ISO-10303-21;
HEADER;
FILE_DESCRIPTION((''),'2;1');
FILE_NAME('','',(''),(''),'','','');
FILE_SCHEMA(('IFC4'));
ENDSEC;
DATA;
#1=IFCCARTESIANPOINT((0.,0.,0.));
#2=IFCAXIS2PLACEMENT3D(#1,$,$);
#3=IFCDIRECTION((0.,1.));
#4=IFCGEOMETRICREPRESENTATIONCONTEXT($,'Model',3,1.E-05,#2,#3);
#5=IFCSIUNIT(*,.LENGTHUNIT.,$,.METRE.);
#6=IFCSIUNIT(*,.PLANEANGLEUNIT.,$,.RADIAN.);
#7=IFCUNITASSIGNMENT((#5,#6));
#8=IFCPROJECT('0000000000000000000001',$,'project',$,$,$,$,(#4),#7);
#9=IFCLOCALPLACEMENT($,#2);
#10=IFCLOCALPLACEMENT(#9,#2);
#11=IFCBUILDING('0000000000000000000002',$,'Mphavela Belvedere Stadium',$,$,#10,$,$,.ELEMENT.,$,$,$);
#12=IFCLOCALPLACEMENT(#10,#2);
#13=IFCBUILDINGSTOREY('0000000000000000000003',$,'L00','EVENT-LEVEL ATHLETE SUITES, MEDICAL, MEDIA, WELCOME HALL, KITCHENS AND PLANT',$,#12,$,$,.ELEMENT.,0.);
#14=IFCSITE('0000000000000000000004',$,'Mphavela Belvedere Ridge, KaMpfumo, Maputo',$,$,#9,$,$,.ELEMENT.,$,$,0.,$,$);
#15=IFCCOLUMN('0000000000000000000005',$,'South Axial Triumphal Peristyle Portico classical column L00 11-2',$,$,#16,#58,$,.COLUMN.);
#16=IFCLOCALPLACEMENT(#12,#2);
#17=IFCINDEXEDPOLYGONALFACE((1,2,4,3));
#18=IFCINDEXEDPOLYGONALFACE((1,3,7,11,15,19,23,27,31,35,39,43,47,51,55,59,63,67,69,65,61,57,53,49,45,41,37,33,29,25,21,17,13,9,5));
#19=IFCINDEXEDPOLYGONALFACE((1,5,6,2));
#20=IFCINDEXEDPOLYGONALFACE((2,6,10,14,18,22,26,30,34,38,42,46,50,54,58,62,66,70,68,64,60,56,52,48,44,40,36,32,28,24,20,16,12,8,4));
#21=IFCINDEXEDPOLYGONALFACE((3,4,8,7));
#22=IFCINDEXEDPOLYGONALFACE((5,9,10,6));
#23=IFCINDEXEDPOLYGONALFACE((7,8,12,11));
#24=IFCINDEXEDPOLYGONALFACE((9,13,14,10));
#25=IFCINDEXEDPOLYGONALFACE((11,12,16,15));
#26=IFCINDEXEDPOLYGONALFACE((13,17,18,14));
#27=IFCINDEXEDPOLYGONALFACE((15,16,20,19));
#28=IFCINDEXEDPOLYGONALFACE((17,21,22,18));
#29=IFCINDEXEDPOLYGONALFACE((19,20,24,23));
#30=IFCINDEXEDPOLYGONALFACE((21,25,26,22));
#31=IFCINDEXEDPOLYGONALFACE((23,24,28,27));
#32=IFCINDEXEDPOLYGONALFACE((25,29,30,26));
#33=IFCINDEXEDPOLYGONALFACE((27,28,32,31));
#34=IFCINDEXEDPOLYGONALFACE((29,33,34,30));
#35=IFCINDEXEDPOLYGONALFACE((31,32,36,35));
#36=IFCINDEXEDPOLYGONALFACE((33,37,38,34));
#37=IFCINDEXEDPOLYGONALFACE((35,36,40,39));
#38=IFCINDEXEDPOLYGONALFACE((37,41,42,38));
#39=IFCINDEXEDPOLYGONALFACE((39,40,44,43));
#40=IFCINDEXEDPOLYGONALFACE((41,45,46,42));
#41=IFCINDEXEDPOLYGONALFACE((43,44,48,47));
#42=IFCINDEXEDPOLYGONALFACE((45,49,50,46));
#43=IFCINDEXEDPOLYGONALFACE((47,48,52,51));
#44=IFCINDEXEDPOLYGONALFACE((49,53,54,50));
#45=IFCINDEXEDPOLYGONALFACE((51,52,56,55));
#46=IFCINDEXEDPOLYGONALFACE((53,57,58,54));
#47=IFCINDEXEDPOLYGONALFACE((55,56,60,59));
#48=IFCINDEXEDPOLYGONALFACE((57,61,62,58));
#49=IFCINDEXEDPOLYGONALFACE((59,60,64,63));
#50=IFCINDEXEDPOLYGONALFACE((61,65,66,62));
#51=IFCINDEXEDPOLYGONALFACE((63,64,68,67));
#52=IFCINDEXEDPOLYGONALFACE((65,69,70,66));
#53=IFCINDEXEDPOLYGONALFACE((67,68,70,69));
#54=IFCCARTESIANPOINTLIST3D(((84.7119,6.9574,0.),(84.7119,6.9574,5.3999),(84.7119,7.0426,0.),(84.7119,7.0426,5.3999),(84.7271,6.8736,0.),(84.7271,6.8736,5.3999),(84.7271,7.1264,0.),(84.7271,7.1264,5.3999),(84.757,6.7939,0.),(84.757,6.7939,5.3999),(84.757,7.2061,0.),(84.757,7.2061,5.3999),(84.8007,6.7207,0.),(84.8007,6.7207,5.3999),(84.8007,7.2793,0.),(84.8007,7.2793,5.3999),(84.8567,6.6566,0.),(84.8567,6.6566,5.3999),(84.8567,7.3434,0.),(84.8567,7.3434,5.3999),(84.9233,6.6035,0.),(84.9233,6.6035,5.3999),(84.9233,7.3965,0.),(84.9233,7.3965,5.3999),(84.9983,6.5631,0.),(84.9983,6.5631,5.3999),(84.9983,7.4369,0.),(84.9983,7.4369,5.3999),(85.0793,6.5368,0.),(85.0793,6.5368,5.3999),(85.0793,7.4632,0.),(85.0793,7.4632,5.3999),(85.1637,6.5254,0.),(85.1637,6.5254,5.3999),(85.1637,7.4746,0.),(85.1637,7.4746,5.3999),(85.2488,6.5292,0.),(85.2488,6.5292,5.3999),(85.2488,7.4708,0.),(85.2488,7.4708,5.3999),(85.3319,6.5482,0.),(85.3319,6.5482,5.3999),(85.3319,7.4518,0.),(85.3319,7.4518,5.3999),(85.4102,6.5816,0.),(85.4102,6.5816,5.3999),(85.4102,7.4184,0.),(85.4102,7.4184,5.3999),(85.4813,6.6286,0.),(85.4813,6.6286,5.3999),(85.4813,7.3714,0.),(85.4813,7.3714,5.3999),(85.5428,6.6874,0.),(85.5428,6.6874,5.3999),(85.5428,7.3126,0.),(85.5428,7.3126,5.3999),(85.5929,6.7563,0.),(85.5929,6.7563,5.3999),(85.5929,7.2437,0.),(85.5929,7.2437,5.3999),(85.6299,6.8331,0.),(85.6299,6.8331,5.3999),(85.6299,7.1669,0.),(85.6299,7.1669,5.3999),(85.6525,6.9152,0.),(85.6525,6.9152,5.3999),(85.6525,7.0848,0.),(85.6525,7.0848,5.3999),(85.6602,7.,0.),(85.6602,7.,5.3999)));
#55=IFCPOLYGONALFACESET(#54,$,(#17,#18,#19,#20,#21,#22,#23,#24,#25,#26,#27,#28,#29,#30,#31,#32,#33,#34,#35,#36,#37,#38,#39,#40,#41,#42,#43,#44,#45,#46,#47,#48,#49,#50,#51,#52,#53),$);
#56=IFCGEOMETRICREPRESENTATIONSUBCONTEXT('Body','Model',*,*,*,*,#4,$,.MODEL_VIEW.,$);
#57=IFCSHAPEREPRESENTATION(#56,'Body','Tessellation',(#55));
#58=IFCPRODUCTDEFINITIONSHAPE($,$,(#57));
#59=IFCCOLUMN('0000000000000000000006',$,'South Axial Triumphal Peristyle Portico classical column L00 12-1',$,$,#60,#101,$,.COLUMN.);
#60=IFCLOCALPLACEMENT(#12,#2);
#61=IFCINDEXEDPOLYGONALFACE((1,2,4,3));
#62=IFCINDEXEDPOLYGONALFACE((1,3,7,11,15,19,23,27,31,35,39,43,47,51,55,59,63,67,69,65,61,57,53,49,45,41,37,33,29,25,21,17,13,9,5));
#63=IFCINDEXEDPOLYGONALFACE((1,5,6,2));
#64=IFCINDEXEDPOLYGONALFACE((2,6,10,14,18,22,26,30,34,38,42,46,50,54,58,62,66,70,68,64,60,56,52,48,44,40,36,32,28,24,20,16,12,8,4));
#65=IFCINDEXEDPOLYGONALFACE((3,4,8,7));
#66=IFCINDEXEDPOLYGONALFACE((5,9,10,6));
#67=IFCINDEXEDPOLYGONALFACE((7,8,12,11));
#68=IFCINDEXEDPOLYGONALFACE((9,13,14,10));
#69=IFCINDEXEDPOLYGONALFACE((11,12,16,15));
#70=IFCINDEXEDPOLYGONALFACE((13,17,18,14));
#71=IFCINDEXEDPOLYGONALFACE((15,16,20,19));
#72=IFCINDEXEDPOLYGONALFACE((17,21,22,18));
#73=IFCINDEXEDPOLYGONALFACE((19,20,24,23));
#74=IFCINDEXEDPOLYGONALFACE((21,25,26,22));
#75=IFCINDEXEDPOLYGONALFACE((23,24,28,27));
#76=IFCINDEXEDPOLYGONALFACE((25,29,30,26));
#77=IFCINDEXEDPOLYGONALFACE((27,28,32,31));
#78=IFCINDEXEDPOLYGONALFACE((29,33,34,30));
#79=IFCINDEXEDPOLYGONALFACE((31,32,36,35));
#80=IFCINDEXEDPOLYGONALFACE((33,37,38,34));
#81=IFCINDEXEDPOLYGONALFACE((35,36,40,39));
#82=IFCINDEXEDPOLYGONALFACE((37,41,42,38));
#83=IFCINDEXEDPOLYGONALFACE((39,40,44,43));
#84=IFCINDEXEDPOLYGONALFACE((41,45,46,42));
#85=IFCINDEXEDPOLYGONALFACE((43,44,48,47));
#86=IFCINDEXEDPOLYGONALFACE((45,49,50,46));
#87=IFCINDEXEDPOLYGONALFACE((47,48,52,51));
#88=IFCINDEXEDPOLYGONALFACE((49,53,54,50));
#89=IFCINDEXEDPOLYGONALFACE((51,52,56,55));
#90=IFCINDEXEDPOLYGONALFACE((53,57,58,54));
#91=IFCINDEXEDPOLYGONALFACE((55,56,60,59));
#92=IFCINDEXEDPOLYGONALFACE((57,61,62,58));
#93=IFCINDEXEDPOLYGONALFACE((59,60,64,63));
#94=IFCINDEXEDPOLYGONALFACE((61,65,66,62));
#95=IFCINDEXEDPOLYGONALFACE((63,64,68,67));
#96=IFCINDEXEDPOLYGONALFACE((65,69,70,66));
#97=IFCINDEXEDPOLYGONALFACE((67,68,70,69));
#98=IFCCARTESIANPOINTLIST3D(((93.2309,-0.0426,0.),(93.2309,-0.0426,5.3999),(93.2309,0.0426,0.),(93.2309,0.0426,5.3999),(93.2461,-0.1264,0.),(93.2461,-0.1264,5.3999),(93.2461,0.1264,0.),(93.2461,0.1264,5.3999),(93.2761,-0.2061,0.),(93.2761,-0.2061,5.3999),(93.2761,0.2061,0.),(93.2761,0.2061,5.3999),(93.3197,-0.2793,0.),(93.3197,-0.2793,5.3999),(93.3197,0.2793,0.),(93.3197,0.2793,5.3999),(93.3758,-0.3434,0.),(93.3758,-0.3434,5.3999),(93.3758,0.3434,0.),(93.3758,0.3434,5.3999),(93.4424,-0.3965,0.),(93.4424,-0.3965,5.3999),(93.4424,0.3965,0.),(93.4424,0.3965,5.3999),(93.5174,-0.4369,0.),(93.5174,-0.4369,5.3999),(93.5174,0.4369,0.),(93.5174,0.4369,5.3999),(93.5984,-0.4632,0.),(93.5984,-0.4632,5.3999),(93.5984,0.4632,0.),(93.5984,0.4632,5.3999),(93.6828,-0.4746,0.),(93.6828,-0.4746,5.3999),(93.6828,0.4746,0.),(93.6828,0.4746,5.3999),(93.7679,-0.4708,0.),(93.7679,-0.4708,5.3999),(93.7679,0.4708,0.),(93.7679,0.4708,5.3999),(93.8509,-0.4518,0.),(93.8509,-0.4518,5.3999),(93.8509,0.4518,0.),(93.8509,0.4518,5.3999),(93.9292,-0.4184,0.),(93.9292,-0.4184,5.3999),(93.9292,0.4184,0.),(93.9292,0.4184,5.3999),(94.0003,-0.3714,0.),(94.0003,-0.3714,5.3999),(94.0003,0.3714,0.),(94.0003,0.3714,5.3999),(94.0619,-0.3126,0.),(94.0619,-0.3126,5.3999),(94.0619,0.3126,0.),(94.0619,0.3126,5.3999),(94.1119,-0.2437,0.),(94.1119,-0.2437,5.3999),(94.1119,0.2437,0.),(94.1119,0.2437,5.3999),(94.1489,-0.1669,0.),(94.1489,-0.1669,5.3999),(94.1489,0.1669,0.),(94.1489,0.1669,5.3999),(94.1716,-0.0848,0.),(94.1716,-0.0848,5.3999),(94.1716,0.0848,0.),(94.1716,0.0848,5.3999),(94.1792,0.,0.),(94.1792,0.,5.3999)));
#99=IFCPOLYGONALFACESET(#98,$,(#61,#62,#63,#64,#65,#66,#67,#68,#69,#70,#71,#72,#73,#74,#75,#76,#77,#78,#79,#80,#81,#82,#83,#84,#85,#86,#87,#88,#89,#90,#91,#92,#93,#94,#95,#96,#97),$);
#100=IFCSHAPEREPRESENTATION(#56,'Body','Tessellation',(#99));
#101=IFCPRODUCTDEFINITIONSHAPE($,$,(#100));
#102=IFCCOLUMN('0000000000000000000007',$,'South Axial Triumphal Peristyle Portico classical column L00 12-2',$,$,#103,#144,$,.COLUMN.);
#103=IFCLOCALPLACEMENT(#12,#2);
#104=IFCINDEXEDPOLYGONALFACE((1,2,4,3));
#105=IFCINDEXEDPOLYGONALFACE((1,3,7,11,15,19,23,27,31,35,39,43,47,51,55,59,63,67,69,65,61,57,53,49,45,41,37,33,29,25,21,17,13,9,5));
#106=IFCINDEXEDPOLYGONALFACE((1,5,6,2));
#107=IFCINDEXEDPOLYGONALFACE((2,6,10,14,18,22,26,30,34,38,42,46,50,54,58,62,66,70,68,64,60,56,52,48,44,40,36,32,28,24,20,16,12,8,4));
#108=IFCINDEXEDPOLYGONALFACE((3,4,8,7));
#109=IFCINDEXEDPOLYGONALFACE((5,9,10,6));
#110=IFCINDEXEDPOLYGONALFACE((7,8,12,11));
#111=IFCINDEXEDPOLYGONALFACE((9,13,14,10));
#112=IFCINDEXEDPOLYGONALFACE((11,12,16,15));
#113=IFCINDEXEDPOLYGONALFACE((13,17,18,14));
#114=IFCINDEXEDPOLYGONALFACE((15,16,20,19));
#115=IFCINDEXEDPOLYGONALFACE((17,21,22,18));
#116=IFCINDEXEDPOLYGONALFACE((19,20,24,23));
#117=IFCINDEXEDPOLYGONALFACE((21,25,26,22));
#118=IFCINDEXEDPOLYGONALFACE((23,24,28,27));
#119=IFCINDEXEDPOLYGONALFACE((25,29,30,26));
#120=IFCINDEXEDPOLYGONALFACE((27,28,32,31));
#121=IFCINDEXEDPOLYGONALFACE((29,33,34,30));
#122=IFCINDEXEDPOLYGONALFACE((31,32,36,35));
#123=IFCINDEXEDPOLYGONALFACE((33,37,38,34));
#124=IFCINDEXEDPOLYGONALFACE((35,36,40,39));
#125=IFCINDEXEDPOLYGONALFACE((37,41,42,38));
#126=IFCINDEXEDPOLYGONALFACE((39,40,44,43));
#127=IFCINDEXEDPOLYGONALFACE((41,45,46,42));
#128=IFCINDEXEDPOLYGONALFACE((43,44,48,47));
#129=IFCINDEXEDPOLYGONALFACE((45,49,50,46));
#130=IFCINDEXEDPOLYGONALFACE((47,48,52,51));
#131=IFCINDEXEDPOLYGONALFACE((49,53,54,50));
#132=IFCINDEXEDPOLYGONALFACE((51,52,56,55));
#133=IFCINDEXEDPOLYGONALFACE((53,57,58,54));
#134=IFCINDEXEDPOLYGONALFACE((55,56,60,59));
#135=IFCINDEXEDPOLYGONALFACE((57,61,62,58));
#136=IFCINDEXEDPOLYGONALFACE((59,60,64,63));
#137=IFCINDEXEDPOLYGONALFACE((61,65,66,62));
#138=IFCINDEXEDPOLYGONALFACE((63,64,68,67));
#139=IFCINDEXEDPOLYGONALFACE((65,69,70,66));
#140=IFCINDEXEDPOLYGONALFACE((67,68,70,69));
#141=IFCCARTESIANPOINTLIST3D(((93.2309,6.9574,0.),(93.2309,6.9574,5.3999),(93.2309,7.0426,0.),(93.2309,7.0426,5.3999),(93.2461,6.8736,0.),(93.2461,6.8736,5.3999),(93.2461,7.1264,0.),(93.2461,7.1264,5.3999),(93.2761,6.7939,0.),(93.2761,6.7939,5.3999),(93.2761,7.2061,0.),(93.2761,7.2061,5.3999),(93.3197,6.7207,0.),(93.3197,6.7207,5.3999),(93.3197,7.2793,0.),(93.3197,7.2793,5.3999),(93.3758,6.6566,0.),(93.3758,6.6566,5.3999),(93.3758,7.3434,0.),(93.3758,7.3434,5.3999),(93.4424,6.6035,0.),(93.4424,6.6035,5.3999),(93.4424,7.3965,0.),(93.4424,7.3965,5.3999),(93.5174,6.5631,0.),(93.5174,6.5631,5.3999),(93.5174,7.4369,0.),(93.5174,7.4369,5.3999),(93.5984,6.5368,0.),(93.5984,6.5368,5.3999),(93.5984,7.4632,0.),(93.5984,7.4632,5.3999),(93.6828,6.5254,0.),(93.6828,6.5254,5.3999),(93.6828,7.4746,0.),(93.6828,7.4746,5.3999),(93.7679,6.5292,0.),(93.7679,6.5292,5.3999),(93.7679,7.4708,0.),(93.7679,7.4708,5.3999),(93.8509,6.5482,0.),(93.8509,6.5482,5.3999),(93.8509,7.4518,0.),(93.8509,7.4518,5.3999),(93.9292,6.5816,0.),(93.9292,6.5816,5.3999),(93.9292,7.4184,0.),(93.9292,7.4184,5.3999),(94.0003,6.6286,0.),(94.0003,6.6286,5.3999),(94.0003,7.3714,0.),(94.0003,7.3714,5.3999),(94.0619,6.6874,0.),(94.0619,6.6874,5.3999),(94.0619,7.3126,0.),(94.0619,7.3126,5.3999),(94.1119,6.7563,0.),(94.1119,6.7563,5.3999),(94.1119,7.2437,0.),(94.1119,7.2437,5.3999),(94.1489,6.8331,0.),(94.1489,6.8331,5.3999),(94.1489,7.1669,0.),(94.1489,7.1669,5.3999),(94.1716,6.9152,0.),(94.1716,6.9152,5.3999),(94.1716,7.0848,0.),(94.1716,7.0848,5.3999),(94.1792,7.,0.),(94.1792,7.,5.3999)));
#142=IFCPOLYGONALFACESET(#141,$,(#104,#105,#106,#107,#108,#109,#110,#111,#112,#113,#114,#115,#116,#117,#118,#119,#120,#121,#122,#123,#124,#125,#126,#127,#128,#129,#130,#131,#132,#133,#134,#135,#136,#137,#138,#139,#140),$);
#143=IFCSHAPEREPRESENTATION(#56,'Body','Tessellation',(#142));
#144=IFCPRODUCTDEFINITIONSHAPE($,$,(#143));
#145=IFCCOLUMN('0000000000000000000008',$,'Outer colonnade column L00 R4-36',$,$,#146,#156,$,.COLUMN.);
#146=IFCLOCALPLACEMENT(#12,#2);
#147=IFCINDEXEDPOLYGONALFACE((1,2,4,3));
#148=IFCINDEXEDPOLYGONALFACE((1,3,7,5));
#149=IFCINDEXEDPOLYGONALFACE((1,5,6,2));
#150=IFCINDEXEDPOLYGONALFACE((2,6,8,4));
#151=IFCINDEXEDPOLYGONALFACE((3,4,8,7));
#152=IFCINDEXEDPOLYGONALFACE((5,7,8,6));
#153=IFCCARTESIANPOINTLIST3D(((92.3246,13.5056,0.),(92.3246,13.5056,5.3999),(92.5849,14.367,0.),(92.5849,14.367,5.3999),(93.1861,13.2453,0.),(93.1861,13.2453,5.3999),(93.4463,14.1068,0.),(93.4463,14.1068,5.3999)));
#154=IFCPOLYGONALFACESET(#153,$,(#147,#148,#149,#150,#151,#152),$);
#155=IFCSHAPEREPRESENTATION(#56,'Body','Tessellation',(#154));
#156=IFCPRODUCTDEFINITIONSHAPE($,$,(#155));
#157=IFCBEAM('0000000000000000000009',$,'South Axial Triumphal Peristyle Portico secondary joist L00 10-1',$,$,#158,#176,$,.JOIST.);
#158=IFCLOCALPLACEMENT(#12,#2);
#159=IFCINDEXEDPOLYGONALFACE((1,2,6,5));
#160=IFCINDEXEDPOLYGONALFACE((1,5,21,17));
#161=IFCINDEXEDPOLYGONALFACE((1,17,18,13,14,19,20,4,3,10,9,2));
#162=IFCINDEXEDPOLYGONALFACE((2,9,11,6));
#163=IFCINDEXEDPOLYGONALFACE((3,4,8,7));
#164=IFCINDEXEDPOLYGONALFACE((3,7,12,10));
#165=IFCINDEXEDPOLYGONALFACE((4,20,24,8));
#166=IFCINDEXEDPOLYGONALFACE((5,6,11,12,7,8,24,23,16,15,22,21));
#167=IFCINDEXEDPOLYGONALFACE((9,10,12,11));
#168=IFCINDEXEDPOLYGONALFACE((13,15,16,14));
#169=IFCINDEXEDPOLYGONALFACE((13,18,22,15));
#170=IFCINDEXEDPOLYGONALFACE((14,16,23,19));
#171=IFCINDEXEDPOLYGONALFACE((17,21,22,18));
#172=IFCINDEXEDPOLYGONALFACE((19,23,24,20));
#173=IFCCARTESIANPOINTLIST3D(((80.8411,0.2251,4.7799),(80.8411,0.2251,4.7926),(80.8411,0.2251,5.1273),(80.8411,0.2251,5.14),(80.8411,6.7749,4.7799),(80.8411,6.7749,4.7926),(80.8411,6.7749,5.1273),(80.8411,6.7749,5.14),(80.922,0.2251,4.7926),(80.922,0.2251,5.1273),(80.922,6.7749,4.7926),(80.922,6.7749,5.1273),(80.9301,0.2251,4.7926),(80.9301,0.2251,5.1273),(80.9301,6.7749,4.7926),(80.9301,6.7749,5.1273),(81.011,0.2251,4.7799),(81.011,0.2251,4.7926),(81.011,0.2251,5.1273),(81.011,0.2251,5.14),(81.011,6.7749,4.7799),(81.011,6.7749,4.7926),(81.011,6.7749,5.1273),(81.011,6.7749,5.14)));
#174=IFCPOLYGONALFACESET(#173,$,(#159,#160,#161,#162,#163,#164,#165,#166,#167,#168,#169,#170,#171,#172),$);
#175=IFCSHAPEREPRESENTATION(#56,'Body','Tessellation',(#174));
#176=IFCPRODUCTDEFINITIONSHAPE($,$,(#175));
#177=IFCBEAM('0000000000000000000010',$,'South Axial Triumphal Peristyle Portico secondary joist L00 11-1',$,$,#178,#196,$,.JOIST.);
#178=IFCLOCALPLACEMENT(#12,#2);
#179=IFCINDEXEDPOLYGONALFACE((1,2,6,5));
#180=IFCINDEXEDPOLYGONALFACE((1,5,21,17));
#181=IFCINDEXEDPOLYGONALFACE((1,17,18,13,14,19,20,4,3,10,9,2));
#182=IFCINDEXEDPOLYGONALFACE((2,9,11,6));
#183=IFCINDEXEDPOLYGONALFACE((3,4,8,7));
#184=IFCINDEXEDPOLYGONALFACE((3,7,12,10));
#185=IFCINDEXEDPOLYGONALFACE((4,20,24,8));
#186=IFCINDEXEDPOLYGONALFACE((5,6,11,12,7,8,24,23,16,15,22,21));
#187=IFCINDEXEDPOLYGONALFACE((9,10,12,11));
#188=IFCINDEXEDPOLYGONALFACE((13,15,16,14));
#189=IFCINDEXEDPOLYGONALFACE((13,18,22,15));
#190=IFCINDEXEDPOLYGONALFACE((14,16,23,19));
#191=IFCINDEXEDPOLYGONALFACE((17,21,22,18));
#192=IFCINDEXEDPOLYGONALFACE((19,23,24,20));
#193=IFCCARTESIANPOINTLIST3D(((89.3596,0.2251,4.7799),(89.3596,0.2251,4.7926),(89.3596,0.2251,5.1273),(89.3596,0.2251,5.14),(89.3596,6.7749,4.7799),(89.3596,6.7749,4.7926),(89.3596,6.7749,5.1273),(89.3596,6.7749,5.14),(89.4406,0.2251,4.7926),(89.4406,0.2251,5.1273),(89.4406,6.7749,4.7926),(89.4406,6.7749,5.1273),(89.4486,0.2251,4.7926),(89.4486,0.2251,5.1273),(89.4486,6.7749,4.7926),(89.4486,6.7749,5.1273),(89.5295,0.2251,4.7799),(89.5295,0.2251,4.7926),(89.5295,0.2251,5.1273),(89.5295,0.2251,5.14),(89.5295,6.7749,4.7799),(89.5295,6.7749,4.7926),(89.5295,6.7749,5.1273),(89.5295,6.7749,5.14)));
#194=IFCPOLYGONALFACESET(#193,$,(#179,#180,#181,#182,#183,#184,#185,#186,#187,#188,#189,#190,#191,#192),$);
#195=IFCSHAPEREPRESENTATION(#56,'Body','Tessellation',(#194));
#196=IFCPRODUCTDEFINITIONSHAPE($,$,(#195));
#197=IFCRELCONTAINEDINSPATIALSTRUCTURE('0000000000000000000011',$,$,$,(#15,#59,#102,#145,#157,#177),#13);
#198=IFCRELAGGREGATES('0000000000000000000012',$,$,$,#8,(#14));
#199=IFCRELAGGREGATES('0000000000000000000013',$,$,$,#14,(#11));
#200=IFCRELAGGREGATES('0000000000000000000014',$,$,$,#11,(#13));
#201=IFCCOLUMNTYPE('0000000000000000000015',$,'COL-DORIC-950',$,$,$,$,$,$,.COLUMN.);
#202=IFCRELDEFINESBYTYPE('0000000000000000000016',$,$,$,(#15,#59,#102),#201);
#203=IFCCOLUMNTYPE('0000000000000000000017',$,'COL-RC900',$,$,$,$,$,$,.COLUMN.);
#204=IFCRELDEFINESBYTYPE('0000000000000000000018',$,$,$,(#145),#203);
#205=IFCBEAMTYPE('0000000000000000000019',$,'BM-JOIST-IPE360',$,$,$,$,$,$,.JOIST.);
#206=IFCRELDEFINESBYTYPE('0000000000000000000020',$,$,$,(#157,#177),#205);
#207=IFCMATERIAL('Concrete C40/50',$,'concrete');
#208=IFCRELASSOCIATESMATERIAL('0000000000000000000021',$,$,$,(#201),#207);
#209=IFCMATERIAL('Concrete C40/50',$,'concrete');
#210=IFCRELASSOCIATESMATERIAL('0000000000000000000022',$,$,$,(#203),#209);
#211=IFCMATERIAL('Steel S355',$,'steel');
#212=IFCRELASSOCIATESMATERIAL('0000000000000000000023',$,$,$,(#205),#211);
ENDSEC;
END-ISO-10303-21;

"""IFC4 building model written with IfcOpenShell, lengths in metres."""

from ifc_helpers import new_model, si_unit, direction, frame, origin, origin_2d, place, context, subcontext, project, spatial, rectangle, circle, i_section, extrude, material, material_profile, profile_set, type_object, element, save


model = new_model("IFC4")

# Units and contexts
model_context = context("Model", 3, precision=1e-05, world=origin(), true_north=direction((0.0, 1.0)))
body_context = subcontext(model_context, "Body", "Model", "MODEL_VIEW")
ifc_project = project(units=[si_unit("LENGTHUNIT", "METRE"), si_unit("PLANEANGLEUNIT", "RADIAN")], contexts=[model_context])

# Site, building, storey
site_placement = place(None, origin())
site = spatial("IfcSite", under=ifc_project, at=site_placement, Name="Mphavela Belvedere Ridge, KaMpfumo, Maputo", CompositionType="ELEMENT", RefElevation=0.0)
building_placement = place(site_placement, origin())
building = spatial("IfcBuilding", under=site, at=building_placement, Name="Mphavela Belvedere Stadium", CompositionType="ELEMENT")
storey_placement = place(building_placement, origin())
storey = spatial("IfcBuildingStorey", under=building, at=storey_placement, Name="L00", Description="EVENT-LEVEL ATHLETE SUITES, MEDICAL, MEDIA, WELCOME HALL, KITCHENS AND PLANT", CompositionType="ELEMENT", Elevation=0.0)

# Columns
ifc_material_1 = material(Name="Concrete C40/50", Category="concrete")
ifc_material_profile_1 = material_profile(ifc_material_1, circle(Radius=0.4751, at=origin_2d()), Name="COL D950")
ifc_profile_set_1 = profile_set([ifc_material_profile_1], Name="Concrete C40/50")
column_type_1 = type_object("IfcColumnType", Name="COL-DORIC-950", PredefinedType="COLUMN", material=ifc_profile_set_1)
for number, where, z_axis, x_axis, name in (
    (1, (85.1851, 7.0, 0.0), (0.0, 0.0, 1.0), (1.0, 0.0, 0.0), "South Axial Triumphal Peristyle Portico classical column L00 11-2"),
    (2, (93.7041, 0.0, 0.0), (0.0, 0.0, 1.0), (1.0, 0.0, 0.0), "South Axial Triumphal Peristyle Portico classical column L00 12-1"),
    (3, (93.7041, 7.0, 0.0), (0.0, 0.0, 1.0), (1.0, 0.0, 0.0), "South Axial Triumphal Peristyle Portico classical column L00 12-2"),
):
    element("IfcColumn", number, at=place(storey_placement, frame(where, z_axis=z_axis, x_axis=x_axis)), inside=storey, type_object=column_type_1, Name=name, PredefinedType="COLUMN", context=body_context, shape_type="SweptSolid", body=[
        extrude(circle(Radius=0.4751, at=origin_2d()), origin(), (0.0, 0.0, 1.0), 5.3999),
    ])
ifc_material_2 = material(Name="Concrete C40/50", Category="concrete")
ifc_material_profile_2 = material_profile(ifc_material_2, rectangle(XDim=0.8999, YDim=0.8999, at=origin_2d()), Name="RC 900x900")
ifc_profile_set_2 = profile_set([ifc_material_profile_2], Name="Concrete C40/50")
column_type_2 = type_object("IfcColumnType", Name="COL-RC900", PredefinedType="COLUMN", material=ifc_profile_set_2)
column_placement = place(storey_placement, frame((92.8855, 13.8062, 0.0), z_axis=(0.0, 0.0, 1.0), x_axis=(-0.289199, -0.957269, 0.0)))
element("IfcColumn", 4, at=column_placement, inside=storey, type_object=column_type_2, Name="Outer colonnade column L00 R4-36", PredefinedType="COLUMN", context=body_context, shape_type="SweptSolid", body=[
    extrude(rectangle(XDim=0.8999, YDim=0.8999, at=origin_2d()), origin(), (0.0, 0.0, 1.0), 5.3999),
])

# Beams
ifc_material_3 = material(Name="Steel S355", Category="steel")
ifc_material_profile_3 = material_profile(ifc_material_3, i_section(OverallWidth=0.1699, OverallDepth=0.3601, WebThickness=0.0081, FlangeThickness=0.0127, at=origin_2d()), Name="IPE 360")
ifc_profile_set_3 = profile_set([ifc_material_profile_3], Name="Steel S355")
beam_type_1 = type_object("IfcBeamType", Name="BM-JOIST-IPE360", PredefinedType="JOIST", material=ifc_profile_set_3)
for number, where, z_axis, x_axis, name in (
    (5, (80.926, 0.2251, 4.96), (0.0, 1.0, 0.0), (-1.0, 0.0, 0.0), "South Axial Triumphal Peristyle Portico secondary joist L00 10-1"),
    (6, (89.4446, 0.2251, 4.96), (0.0, 1.0, 0.0), (-1.0, 0.0, 0.0), "South Axial Triumphal Peristyle Portico secondary joist L00 11-1"),
):
    element("IfcBeam", number, at=place(storey_placement, frame(where, z_axis=z_axis, x_axis=x_axis)), inside=storey, type_object=beam_type_1, Name=name, PredefinedType="JOIST", context=body_context, shape_type="SweptSolid", body=[
        extrude(i_section(OverallWidth=0.1699, OverallDepth=0.3601, WebThickness=0.0081, FlangeThickness=0.0127, at=origin_2d()), origin(), (0.0, 0.0, 1.0), 6.5498),
    ])

save(model, "model.ifc")
